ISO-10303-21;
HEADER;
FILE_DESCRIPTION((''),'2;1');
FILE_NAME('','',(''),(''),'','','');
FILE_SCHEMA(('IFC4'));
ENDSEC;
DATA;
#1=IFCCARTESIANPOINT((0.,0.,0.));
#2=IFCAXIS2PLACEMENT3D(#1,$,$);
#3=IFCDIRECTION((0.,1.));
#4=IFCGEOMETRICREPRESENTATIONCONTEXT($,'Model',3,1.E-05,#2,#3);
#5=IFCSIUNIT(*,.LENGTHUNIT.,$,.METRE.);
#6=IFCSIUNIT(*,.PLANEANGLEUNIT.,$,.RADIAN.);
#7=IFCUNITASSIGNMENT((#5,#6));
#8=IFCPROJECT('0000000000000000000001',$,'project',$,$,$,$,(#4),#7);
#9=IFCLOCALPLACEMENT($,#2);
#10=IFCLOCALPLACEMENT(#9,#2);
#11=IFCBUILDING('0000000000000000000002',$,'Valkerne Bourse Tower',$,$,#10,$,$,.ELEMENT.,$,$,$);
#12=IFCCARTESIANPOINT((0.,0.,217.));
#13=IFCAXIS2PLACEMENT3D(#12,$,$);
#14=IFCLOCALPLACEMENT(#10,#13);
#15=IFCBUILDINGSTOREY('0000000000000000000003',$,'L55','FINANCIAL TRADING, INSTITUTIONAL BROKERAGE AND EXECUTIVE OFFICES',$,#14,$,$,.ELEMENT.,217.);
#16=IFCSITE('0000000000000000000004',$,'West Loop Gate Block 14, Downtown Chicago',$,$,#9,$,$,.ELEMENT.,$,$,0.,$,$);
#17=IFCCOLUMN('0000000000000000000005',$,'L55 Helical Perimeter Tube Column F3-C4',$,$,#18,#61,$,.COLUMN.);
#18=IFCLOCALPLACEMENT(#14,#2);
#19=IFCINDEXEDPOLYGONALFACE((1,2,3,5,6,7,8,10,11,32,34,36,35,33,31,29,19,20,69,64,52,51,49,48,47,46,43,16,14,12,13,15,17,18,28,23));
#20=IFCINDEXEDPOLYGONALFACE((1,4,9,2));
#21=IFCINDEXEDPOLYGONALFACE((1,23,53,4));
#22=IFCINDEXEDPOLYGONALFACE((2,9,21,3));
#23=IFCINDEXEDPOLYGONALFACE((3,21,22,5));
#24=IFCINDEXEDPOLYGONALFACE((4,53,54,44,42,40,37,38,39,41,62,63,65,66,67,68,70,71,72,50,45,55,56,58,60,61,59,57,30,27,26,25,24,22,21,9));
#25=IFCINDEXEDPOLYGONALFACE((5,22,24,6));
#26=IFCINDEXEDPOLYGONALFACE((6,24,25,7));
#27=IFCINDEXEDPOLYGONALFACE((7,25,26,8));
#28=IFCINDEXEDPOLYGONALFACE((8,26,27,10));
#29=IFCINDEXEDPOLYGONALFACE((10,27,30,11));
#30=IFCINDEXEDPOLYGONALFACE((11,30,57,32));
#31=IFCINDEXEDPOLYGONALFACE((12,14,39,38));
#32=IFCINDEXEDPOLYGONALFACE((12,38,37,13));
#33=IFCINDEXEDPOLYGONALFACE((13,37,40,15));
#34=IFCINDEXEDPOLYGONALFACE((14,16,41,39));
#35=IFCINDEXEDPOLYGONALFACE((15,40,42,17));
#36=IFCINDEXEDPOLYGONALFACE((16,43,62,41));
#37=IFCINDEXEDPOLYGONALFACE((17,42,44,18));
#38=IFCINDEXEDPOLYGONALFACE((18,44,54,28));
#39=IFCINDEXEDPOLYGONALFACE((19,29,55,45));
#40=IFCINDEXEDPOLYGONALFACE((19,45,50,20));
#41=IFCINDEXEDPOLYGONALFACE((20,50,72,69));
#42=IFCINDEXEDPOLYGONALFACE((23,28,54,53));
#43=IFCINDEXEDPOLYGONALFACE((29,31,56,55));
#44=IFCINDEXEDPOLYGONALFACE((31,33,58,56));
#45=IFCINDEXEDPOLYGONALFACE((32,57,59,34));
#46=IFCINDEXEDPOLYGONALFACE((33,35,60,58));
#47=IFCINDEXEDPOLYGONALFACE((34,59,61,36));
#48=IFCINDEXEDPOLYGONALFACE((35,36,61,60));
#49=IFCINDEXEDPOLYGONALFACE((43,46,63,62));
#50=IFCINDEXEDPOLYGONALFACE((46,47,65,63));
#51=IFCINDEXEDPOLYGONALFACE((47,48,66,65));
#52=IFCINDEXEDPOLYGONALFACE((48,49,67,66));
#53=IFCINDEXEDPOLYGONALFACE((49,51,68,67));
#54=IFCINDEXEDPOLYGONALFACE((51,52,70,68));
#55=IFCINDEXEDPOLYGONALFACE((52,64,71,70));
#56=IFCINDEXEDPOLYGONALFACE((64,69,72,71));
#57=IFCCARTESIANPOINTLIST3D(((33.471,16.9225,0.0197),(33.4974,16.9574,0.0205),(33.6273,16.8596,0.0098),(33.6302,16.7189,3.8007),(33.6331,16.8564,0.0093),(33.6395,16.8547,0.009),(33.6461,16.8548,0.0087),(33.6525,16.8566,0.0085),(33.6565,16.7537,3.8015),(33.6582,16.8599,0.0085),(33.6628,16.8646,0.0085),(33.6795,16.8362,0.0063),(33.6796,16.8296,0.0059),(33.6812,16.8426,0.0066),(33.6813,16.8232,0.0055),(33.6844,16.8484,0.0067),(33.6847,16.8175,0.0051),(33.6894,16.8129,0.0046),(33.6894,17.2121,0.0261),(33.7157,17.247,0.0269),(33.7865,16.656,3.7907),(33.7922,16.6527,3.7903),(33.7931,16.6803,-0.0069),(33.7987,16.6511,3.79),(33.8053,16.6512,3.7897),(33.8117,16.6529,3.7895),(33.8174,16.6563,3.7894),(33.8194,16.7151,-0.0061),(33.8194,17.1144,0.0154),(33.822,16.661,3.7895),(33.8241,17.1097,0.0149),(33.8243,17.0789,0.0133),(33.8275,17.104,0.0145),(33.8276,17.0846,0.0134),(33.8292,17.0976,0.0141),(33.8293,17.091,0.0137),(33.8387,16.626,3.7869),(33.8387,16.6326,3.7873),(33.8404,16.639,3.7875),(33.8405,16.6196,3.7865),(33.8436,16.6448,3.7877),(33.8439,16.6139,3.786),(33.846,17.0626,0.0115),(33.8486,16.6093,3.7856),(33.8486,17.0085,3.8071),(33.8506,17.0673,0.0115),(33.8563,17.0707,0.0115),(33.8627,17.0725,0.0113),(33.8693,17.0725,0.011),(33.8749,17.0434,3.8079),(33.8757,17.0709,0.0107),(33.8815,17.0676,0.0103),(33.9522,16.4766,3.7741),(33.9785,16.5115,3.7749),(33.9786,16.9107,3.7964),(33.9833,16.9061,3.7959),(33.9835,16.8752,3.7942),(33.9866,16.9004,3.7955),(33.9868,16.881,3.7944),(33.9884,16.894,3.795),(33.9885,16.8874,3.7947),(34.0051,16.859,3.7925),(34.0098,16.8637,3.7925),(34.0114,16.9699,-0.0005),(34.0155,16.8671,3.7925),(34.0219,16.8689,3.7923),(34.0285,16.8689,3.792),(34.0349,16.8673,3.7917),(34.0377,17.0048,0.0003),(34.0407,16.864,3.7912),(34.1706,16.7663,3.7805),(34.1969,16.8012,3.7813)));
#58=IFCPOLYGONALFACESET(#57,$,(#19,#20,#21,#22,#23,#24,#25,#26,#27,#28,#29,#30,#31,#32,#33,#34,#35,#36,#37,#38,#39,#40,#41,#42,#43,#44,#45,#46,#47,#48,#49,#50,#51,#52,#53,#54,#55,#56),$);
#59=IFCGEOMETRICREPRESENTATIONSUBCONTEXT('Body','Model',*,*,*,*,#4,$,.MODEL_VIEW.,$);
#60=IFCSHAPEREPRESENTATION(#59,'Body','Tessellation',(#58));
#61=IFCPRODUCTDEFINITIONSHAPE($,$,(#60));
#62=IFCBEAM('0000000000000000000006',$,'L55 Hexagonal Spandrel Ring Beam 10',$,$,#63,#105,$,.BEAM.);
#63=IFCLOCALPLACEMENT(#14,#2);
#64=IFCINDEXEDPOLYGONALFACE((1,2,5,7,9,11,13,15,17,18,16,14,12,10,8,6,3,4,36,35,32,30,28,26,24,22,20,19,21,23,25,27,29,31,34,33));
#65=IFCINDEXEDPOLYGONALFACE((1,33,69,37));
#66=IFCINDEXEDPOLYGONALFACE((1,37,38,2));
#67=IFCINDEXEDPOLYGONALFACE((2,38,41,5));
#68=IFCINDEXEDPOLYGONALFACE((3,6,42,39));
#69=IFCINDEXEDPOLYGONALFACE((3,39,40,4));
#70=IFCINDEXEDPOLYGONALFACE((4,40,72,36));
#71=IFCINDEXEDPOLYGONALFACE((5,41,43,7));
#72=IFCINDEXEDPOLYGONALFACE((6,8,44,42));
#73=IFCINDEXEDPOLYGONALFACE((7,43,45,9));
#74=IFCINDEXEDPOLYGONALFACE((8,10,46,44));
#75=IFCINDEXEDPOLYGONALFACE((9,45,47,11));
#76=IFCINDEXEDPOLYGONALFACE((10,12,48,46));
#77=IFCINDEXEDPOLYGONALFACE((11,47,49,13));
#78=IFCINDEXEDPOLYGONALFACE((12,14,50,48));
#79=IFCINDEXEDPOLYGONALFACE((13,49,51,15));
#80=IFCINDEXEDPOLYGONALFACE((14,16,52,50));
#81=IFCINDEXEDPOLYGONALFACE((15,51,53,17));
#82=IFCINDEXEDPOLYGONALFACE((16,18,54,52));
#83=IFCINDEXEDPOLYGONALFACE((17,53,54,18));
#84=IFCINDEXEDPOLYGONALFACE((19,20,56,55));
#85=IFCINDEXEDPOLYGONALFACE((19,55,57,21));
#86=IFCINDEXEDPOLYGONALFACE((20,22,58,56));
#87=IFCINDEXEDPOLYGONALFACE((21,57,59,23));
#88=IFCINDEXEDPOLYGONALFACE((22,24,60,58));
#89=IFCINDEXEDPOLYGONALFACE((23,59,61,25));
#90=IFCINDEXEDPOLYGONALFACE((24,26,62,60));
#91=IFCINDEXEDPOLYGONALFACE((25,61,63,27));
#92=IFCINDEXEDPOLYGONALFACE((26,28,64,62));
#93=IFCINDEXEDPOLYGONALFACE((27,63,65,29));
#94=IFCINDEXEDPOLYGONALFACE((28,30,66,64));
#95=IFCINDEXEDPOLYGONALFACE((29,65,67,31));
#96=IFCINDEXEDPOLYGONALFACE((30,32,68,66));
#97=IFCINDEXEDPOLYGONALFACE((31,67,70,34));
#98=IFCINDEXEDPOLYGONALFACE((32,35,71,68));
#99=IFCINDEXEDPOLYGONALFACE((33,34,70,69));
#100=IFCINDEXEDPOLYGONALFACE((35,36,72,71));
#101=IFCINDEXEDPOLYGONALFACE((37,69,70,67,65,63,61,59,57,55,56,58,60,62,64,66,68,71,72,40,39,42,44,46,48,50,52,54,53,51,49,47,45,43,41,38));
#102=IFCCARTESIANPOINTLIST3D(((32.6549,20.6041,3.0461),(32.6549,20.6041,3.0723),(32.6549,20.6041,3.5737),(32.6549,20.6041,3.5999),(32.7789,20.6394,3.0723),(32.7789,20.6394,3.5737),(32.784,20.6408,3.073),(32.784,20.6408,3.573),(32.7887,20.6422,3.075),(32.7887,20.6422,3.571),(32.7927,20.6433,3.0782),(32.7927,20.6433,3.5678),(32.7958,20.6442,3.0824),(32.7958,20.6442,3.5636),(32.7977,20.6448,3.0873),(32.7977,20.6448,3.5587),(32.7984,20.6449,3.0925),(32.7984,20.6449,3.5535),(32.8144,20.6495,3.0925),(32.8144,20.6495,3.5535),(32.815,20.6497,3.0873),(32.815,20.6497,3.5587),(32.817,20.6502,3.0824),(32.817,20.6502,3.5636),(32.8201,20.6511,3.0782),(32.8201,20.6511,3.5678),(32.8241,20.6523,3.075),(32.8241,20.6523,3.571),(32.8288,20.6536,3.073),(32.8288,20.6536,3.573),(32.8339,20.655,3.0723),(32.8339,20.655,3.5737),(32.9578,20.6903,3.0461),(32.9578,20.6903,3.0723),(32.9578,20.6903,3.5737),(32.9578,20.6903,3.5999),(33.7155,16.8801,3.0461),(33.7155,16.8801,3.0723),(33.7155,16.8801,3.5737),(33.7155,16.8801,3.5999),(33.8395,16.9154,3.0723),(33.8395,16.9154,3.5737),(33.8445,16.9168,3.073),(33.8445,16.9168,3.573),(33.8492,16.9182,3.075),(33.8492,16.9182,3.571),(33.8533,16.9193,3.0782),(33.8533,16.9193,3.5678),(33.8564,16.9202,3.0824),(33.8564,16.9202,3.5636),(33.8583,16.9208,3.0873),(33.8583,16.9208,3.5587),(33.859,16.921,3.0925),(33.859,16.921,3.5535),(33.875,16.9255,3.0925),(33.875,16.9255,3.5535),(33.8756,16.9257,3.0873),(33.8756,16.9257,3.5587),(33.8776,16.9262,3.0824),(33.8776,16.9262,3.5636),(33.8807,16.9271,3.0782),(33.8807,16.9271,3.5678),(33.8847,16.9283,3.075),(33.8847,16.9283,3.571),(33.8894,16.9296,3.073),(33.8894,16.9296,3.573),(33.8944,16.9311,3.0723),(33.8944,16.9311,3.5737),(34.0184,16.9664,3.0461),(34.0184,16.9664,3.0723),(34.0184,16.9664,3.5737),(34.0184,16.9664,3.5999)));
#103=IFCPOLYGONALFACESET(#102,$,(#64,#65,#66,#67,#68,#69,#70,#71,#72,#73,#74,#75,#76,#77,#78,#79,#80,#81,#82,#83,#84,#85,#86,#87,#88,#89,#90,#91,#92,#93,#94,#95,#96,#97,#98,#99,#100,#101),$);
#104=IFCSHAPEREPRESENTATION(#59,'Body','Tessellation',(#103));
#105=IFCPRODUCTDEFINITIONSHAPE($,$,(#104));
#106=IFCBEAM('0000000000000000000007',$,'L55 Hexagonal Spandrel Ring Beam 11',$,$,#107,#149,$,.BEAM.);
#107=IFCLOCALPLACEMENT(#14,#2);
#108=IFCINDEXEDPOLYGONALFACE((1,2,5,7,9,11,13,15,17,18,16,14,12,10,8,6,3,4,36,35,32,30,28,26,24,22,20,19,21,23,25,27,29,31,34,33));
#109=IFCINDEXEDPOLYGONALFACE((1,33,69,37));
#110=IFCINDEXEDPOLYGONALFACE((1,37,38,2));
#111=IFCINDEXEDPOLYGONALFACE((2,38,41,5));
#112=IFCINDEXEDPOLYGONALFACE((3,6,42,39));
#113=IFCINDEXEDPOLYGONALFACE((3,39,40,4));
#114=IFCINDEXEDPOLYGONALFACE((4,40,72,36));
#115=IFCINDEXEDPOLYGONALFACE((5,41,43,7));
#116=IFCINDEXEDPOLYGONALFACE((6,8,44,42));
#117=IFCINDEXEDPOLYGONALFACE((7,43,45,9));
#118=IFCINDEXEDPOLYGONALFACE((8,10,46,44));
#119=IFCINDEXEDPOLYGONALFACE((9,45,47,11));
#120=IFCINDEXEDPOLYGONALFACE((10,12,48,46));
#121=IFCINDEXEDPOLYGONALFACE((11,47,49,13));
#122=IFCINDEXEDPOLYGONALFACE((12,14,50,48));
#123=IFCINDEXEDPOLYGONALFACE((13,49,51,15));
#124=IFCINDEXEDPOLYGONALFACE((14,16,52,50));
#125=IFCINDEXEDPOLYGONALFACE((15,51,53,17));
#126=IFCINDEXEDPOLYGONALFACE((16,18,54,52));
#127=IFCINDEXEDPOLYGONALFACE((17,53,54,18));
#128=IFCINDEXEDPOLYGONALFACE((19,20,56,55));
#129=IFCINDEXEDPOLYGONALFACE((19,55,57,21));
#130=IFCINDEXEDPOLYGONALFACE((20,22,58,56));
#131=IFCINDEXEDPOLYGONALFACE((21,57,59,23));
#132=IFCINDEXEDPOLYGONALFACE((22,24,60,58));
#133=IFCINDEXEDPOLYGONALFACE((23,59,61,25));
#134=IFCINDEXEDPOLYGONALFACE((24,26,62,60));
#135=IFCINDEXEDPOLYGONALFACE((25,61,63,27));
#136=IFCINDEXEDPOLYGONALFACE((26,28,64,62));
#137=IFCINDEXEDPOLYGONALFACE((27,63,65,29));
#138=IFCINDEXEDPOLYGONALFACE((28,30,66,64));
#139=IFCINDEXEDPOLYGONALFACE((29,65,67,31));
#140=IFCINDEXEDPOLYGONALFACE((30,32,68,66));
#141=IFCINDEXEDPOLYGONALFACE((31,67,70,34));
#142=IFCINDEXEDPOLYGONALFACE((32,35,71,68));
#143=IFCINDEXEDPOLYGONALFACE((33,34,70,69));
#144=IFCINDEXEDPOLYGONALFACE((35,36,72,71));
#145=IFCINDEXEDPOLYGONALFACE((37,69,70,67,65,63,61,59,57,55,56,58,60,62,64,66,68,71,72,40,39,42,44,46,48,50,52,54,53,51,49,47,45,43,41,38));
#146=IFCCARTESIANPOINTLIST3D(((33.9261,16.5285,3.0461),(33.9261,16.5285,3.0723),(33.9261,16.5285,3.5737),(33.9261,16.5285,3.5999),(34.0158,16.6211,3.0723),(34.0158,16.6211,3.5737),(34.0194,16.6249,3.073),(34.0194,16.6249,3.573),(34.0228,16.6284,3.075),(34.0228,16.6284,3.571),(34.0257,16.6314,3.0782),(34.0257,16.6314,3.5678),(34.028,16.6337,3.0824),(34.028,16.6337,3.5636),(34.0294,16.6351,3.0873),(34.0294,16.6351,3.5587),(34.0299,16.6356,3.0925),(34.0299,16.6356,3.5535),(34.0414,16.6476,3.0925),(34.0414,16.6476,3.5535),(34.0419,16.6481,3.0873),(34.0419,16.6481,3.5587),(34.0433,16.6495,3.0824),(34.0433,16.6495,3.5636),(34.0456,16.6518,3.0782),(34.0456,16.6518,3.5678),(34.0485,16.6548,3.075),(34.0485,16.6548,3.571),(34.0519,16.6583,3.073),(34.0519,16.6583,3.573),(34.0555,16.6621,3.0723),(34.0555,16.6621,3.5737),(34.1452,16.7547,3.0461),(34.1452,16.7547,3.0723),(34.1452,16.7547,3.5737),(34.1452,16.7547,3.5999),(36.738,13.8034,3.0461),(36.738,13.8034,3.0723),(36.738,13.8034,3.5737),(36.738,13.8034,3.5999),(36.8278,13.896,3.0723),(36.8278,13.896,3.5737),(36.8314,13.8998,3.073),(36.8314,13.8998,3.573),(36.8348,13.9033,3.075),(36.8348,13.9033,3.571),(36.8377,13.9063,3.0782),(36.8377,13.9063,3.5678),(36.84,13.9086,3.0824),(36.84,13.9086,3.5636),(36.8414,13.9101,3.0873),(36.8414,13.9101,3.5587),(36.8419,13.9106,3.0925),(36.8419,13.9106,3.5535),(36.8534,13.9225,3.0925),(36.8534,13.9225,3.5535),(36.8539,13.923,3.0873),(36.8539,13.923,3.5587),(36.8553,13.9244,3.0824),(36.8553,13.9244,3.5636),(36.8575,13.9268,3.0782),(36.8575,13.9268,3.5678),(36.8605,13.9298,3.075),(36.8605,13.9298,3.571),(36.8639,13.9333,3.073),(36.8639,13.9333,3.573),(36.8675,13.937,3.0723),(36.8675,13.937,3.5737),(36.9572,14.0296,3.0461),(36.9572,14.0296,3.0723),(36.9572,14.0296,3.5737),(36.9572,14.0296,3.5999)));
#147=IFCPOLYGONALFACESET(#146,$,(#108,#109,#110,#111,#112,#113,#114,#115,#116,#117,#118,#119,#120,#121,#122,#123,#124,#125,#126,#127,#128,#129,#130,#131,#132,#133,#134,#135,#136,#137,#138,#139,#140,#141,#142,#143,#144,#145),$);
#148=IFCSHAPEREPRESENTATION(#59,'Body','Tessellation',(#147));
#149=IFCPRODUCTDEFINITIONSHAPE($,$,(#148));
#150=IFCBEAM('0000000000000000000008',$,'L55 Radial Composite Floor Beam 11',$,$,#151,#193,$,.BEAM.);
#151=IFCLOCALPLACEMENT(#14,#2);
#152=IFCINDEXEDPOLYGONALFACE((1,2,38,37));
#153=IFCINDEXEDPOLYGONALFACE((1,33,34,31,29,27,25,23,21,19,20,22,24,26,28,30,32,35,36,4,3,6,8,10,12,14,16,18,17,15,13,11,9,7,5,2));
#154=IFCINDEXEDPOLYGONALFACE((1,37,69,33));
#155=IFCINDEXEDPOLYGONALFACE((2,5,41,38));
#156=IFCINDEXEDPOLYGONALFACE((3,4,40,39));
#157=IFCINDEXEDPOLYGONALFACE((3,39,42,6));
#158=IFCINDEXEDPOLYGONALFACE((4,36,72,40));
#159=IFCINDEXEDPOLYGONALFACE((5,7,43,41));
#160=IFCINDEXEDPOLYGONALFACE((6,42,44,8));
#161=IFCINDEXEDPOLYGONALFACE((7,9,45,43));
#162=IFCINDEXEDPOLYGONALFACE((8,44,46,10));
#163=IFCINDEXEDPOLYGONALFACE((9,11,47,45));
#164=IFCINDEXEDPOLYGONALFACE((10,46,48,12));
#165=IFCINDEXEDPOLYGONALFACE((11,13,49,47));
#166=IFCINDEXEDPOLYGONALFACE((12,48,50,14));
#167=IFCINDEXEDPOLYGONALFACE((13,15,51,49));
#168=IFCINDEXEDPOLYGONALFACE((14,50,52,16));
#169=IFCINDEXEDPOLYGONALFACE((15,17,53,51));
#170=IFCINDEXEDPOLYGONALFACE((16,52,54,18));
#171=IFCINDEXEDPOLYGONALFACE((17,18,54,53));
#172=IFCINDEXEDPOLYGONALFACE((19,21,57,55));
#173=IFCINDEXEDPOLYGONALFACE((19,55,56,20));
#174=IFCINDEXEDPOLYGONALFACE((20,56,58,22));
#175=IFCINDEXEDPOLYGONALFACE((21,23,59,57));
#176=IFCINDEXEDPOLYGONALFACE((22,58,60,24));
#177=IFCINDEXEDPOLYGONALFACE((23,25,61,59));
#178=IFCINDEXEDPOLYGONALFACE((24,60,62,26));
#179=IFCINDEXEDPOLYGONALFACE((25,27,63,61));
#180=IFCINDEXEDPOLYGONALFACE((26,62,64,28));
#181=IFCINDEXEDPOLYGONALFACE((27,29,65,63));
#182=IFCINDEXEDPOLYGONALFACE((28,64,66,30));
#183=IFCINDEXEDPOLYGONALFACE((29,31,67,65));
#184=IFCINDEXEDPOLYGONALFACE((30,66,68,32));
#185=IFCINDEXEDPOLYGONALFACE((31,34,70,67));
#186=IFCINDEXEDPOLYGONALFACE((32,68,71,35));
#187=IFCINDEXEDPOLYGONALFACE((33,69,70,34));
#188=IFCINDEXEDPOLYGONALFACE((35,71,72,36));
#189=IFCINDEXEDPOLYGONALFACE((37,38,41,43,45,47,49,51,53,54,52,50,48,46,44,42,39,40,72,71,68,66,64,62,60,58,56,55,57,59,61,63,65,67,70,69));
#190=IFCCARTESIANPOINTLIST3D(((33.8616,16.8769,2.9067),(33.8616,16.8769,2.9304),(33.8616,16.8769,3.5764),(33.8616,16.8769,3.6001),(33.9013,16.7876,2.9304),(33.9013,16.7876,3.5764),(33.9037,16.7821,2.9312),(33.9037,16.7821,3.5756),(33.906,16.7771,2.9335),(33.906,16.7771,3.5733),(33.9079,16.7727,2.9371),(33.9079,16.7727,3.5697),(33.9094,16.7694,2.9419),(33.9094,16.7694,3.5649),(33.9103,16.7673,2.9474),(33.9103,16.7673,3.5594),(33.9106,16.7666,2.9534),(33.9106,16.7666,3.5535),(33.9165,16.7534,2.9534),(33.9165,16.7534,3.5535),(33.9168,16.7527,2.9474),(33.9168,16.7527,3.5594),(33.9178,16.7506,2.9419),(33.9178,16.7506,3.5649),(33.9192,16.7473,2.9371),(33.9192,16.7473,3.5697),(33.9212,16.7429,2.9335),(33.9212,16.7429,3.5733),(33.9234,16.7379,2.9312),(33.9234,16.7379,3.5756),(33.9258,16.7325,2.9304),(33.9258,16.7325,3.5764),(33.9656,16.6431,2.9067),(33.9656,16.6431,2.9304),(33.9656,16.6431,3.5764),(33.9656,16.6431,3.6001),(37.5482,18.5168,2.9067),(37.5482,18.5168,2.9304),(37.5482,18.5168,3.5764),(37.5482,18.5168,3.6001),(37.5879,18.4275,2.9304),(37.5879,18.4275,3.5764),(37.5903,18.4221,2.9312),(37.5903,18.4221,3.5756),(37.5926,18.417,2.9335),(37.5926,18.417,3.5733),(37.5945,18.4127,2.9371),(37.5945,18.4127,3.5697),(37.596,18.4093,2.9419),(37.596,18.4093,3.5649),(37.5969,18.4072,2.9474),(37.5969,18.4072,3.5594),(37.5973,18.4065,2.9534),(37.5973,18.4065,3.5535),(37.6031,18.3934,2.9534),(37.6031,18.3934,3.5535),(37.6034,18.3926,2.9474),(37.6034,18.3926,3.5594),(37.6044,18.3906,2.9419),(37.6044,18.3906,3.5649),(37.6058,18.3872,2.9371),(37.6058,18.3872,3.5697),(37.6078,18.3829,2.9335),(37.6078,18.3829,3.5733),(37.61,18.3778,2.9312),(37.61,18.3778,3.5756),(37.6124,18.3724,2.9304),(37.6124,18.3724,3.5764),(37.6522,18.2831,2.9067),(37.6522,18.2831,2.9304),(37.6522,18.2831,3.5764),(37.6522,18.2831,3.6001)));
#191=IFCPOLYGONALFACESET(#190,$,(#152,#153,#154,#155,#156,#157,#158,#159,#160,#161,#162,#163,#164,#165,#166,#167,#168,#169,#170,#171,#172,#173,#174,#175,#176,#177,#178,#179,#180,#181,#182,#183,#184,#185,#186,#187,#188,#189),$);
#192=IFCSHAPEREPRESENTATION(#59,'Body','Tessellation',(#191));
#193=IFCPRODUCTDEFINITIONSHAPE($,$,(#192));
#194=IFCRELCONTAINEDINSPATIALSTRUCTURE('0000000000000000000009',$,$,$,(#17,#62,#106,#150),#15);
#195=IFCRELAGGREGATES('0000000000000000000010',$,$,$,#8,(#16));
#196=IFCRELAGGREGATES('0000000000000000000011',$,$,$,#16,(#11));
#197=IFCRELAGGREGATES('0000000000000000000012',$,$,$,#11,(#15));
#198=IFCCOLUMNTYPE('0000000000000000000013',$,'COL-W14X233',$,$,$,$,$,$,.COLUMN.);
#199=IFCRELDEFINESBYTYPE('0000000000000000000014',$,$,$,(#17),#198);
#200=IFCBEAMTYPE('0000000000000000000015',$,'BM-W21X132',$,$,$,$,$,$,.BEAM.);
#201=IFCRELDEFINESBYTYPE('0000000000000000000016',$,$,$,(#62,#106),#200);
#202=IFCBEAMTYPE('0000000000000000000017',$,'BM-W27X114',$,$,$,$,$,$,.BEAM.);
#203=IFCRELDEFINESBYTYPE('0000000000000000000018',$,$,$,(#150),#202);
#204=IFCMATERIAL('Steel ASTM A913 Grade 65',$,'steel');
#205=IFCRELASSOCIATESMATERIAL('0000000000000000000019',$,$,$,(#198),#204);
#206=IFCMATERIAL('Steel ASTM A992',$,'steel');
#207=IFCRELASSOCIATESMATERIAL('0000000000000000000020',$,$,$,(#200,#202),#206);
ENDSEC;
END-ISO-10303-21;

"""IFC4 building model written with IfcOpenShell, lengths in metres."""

from ifc_helpers import new_model, si_unit, direction, frame, origin, origin_2d, place, context, subcontext, project, spatial, i_section, extrude, material, material_profile, profile_set, type_object, element, save


model = new_model("IFC4")

# Units and contexts
model_context = context("Model", 3, precision=1e-05, world=origin(), true_north=direction((0.0, 1.0)))
body_context = subcontext(model_context, "Body", "Model", "MODEL_VIEW")
ifc_project = project(units=[si_unit("LENGTHUNIT", "METRE"), si_unit("PLANEANGLEUNIT", "RADIAN")], contexts=[model_context])

# Site, building, storey
site_placement = place(None, origin())
site = spatial("IfcSite", under=ifc_project, at=site_placement, Name="West Loop Gate Block 14, Downtown Chicago", CompositionType="ELEMENT", RefElevation=0.0)
building_placement = place(site_placement, origin())
building = spatial("IfcBuilding", under=site, at=building_placement, Name="Valkerne Bourse Tower", CompositionType="ELEMENT")
storey_placement = place(building_placement, frame((0.0, 0.0, 217.0)))
storey = spatial("IfcBuildingStorey", under=building, at=storey_placement, Name="L55", Description="FINANCIAL TRADING, INSTITUTIONAL BROKERAGE AND EXECUTIVE OFFICES", CompositionType="ELEMENT", Elevation=217.0)

# Column
ifc_material_1 = material(Name="Steel ASTM A913 Grade 65", Category="steel")
ifc_material_profile_1 = material_profile(ifc_material_1, i_section(OverallWidth=0.4038, OverallDepth=0.4065, WebThickness=0.0271, FlangeThickness=0.0437, FilletRadius=0.0254, at=origin_2d()), Name="W14X233")
ifc_profile_set_1 = profile_set([ifc_material_profile_1], Name="Steel ASTM A913 Grade 65")
column_type = type_object("IfcColumnType", Name="COL-W14X233", PredefinedType="COLUMN", material=ifc_profile_set_1)
column_placement = place(storey_placement, frame((33.7544, 16.9636, 0.01), z_axis=(0.042002, -0.053726, 0.997672), x_axis=(0.797433, -0.599801, -0.065872)))
element("IfcColumn", 1, at=column_placement, inside=storey, type_object=column_type, Name="L55 Helical Perimeter Tube Column F3-C4", PredefinedType="COLUMN", context=body_context, shape_type="SweptSolid", body=[
    extrude(i_section(OverallWidth=0.4038, OverallDepth=0.4065, WebThickness=0.0271, FlangeThickness=0.0437, FilletRadius=0.0254, at=origin_2d()), origin(), (0.0, 0.0, 1.0), 3.7898),
])

# Beams
ifc_material_2 = material(Name="Steel ASTM A992", Category="steel")
ifc_material_profile_2 = material_profile(ifc_material_2, i_section(OverallWidth=0.3149, OverallDepth=0.5537, WebThickness=0.0166, FlangeThickness=0.0261, FilletRadius=0.0203, at=origin_2d()), Name="W21X132")
ifc_profile_set_2 = profile_set([ifc_material_profile_2], Name="Steel ASTM A992")
beam_type_1 = type_object("IfcBeamType", Name="BM-W21X132", PredefinedType="BEAM", material=ifc_profile_set_2)
beam_1_placement = place(storey_placement, frame((32.8064, 20.6472, 3.323), z_axis=(0.273905, -0.961757, 0.0), x_axis=(0.961757, 0.273905, 0.0)))
element("IfcBeam", 2, at=beam_1_placement, inside=storey, type_object=beam_type_1, Name="L55 Hexagonal Spandrel Ring Beam 10", PredefinedType="BEAM", context=body_context, shape_type="SweptSolid", body=[
    extrude(i_section(OverallWidth=0.3149, OverallDepth=0.5537, WebThickness=0.0166, FlangeThickness=0.0261, FilletRadius=0.0203, at=origin_2d()), origin(), (0.0, 0.0, 1.0), 3.8721),
])
beam_2_placement = place(storey_placement, frame((34.0356, 16.6416, 3.323), z_axis=(0.718118, -0.695922, 0.0), x_axis=(0.695922, 0.718118, 0.0)))
element("IfcBeam", 3, at=beam_2_placement, inside=storey, type_object=beam_type_1, Name="L55 Hexagonal Spandrel Ring Beam 11", PredefinedType="BEAM", context=body_context, shape_type="SweptSolid", body=[
    extrude(i_section(OverallWidth=0.3149, OverallDepth=0.5537, WebThickness=0.0166, FlangeThickness=0.0261, FilletRadius=0.0203, at=origin_2d()), origin(), (0.0, 0.0, 1.0), 3.9158),
])
ifc_material_profile_3 = material_profile(ifc_material_2, i_section(OverallWidth=0.2559, OverallDepth=0.6934, WebThickness=0.0144, FlangeThickness=0.0237, FilletRadius=0.0229, at=origin_2d()), Name="W27X114")
ifc_profile_set_3 = profile_set([ifc_material_profile_3], Name="Steel ASTM A992")
beam_type_2 = type_object("IfcBeamType", Name="BM-W27X114", PredefinedType="BEAM", material=ifc_profile_set_3)
beam_3_placement = place(storey_placement, frame((33.9136, 16.76, 3.2534), z_axis=(0.913679, 0.406436, 0.0), x_axis=(-0.406436, 0.913679, 0.0)))
element("IfcBeam", 4, at=beam_3_placement, inside=storey, type_object=beam_type_2, Name="L55 Radial Composite Floor Beam 11", PredefinedType="BEAM", context=body_context, shape_type="SweptSolid", body=[
    extrude(i_section(OverallWidth=0.2559, OverallDepth=0.6934, WebThickness=0.0144, FlangeThickness=0.0237, FilletRadius=0.0229, at=origin_2d()), origin(), (0.0, 0.0, 1.0), 4.0349),
])

save(model, "model.ifc")
